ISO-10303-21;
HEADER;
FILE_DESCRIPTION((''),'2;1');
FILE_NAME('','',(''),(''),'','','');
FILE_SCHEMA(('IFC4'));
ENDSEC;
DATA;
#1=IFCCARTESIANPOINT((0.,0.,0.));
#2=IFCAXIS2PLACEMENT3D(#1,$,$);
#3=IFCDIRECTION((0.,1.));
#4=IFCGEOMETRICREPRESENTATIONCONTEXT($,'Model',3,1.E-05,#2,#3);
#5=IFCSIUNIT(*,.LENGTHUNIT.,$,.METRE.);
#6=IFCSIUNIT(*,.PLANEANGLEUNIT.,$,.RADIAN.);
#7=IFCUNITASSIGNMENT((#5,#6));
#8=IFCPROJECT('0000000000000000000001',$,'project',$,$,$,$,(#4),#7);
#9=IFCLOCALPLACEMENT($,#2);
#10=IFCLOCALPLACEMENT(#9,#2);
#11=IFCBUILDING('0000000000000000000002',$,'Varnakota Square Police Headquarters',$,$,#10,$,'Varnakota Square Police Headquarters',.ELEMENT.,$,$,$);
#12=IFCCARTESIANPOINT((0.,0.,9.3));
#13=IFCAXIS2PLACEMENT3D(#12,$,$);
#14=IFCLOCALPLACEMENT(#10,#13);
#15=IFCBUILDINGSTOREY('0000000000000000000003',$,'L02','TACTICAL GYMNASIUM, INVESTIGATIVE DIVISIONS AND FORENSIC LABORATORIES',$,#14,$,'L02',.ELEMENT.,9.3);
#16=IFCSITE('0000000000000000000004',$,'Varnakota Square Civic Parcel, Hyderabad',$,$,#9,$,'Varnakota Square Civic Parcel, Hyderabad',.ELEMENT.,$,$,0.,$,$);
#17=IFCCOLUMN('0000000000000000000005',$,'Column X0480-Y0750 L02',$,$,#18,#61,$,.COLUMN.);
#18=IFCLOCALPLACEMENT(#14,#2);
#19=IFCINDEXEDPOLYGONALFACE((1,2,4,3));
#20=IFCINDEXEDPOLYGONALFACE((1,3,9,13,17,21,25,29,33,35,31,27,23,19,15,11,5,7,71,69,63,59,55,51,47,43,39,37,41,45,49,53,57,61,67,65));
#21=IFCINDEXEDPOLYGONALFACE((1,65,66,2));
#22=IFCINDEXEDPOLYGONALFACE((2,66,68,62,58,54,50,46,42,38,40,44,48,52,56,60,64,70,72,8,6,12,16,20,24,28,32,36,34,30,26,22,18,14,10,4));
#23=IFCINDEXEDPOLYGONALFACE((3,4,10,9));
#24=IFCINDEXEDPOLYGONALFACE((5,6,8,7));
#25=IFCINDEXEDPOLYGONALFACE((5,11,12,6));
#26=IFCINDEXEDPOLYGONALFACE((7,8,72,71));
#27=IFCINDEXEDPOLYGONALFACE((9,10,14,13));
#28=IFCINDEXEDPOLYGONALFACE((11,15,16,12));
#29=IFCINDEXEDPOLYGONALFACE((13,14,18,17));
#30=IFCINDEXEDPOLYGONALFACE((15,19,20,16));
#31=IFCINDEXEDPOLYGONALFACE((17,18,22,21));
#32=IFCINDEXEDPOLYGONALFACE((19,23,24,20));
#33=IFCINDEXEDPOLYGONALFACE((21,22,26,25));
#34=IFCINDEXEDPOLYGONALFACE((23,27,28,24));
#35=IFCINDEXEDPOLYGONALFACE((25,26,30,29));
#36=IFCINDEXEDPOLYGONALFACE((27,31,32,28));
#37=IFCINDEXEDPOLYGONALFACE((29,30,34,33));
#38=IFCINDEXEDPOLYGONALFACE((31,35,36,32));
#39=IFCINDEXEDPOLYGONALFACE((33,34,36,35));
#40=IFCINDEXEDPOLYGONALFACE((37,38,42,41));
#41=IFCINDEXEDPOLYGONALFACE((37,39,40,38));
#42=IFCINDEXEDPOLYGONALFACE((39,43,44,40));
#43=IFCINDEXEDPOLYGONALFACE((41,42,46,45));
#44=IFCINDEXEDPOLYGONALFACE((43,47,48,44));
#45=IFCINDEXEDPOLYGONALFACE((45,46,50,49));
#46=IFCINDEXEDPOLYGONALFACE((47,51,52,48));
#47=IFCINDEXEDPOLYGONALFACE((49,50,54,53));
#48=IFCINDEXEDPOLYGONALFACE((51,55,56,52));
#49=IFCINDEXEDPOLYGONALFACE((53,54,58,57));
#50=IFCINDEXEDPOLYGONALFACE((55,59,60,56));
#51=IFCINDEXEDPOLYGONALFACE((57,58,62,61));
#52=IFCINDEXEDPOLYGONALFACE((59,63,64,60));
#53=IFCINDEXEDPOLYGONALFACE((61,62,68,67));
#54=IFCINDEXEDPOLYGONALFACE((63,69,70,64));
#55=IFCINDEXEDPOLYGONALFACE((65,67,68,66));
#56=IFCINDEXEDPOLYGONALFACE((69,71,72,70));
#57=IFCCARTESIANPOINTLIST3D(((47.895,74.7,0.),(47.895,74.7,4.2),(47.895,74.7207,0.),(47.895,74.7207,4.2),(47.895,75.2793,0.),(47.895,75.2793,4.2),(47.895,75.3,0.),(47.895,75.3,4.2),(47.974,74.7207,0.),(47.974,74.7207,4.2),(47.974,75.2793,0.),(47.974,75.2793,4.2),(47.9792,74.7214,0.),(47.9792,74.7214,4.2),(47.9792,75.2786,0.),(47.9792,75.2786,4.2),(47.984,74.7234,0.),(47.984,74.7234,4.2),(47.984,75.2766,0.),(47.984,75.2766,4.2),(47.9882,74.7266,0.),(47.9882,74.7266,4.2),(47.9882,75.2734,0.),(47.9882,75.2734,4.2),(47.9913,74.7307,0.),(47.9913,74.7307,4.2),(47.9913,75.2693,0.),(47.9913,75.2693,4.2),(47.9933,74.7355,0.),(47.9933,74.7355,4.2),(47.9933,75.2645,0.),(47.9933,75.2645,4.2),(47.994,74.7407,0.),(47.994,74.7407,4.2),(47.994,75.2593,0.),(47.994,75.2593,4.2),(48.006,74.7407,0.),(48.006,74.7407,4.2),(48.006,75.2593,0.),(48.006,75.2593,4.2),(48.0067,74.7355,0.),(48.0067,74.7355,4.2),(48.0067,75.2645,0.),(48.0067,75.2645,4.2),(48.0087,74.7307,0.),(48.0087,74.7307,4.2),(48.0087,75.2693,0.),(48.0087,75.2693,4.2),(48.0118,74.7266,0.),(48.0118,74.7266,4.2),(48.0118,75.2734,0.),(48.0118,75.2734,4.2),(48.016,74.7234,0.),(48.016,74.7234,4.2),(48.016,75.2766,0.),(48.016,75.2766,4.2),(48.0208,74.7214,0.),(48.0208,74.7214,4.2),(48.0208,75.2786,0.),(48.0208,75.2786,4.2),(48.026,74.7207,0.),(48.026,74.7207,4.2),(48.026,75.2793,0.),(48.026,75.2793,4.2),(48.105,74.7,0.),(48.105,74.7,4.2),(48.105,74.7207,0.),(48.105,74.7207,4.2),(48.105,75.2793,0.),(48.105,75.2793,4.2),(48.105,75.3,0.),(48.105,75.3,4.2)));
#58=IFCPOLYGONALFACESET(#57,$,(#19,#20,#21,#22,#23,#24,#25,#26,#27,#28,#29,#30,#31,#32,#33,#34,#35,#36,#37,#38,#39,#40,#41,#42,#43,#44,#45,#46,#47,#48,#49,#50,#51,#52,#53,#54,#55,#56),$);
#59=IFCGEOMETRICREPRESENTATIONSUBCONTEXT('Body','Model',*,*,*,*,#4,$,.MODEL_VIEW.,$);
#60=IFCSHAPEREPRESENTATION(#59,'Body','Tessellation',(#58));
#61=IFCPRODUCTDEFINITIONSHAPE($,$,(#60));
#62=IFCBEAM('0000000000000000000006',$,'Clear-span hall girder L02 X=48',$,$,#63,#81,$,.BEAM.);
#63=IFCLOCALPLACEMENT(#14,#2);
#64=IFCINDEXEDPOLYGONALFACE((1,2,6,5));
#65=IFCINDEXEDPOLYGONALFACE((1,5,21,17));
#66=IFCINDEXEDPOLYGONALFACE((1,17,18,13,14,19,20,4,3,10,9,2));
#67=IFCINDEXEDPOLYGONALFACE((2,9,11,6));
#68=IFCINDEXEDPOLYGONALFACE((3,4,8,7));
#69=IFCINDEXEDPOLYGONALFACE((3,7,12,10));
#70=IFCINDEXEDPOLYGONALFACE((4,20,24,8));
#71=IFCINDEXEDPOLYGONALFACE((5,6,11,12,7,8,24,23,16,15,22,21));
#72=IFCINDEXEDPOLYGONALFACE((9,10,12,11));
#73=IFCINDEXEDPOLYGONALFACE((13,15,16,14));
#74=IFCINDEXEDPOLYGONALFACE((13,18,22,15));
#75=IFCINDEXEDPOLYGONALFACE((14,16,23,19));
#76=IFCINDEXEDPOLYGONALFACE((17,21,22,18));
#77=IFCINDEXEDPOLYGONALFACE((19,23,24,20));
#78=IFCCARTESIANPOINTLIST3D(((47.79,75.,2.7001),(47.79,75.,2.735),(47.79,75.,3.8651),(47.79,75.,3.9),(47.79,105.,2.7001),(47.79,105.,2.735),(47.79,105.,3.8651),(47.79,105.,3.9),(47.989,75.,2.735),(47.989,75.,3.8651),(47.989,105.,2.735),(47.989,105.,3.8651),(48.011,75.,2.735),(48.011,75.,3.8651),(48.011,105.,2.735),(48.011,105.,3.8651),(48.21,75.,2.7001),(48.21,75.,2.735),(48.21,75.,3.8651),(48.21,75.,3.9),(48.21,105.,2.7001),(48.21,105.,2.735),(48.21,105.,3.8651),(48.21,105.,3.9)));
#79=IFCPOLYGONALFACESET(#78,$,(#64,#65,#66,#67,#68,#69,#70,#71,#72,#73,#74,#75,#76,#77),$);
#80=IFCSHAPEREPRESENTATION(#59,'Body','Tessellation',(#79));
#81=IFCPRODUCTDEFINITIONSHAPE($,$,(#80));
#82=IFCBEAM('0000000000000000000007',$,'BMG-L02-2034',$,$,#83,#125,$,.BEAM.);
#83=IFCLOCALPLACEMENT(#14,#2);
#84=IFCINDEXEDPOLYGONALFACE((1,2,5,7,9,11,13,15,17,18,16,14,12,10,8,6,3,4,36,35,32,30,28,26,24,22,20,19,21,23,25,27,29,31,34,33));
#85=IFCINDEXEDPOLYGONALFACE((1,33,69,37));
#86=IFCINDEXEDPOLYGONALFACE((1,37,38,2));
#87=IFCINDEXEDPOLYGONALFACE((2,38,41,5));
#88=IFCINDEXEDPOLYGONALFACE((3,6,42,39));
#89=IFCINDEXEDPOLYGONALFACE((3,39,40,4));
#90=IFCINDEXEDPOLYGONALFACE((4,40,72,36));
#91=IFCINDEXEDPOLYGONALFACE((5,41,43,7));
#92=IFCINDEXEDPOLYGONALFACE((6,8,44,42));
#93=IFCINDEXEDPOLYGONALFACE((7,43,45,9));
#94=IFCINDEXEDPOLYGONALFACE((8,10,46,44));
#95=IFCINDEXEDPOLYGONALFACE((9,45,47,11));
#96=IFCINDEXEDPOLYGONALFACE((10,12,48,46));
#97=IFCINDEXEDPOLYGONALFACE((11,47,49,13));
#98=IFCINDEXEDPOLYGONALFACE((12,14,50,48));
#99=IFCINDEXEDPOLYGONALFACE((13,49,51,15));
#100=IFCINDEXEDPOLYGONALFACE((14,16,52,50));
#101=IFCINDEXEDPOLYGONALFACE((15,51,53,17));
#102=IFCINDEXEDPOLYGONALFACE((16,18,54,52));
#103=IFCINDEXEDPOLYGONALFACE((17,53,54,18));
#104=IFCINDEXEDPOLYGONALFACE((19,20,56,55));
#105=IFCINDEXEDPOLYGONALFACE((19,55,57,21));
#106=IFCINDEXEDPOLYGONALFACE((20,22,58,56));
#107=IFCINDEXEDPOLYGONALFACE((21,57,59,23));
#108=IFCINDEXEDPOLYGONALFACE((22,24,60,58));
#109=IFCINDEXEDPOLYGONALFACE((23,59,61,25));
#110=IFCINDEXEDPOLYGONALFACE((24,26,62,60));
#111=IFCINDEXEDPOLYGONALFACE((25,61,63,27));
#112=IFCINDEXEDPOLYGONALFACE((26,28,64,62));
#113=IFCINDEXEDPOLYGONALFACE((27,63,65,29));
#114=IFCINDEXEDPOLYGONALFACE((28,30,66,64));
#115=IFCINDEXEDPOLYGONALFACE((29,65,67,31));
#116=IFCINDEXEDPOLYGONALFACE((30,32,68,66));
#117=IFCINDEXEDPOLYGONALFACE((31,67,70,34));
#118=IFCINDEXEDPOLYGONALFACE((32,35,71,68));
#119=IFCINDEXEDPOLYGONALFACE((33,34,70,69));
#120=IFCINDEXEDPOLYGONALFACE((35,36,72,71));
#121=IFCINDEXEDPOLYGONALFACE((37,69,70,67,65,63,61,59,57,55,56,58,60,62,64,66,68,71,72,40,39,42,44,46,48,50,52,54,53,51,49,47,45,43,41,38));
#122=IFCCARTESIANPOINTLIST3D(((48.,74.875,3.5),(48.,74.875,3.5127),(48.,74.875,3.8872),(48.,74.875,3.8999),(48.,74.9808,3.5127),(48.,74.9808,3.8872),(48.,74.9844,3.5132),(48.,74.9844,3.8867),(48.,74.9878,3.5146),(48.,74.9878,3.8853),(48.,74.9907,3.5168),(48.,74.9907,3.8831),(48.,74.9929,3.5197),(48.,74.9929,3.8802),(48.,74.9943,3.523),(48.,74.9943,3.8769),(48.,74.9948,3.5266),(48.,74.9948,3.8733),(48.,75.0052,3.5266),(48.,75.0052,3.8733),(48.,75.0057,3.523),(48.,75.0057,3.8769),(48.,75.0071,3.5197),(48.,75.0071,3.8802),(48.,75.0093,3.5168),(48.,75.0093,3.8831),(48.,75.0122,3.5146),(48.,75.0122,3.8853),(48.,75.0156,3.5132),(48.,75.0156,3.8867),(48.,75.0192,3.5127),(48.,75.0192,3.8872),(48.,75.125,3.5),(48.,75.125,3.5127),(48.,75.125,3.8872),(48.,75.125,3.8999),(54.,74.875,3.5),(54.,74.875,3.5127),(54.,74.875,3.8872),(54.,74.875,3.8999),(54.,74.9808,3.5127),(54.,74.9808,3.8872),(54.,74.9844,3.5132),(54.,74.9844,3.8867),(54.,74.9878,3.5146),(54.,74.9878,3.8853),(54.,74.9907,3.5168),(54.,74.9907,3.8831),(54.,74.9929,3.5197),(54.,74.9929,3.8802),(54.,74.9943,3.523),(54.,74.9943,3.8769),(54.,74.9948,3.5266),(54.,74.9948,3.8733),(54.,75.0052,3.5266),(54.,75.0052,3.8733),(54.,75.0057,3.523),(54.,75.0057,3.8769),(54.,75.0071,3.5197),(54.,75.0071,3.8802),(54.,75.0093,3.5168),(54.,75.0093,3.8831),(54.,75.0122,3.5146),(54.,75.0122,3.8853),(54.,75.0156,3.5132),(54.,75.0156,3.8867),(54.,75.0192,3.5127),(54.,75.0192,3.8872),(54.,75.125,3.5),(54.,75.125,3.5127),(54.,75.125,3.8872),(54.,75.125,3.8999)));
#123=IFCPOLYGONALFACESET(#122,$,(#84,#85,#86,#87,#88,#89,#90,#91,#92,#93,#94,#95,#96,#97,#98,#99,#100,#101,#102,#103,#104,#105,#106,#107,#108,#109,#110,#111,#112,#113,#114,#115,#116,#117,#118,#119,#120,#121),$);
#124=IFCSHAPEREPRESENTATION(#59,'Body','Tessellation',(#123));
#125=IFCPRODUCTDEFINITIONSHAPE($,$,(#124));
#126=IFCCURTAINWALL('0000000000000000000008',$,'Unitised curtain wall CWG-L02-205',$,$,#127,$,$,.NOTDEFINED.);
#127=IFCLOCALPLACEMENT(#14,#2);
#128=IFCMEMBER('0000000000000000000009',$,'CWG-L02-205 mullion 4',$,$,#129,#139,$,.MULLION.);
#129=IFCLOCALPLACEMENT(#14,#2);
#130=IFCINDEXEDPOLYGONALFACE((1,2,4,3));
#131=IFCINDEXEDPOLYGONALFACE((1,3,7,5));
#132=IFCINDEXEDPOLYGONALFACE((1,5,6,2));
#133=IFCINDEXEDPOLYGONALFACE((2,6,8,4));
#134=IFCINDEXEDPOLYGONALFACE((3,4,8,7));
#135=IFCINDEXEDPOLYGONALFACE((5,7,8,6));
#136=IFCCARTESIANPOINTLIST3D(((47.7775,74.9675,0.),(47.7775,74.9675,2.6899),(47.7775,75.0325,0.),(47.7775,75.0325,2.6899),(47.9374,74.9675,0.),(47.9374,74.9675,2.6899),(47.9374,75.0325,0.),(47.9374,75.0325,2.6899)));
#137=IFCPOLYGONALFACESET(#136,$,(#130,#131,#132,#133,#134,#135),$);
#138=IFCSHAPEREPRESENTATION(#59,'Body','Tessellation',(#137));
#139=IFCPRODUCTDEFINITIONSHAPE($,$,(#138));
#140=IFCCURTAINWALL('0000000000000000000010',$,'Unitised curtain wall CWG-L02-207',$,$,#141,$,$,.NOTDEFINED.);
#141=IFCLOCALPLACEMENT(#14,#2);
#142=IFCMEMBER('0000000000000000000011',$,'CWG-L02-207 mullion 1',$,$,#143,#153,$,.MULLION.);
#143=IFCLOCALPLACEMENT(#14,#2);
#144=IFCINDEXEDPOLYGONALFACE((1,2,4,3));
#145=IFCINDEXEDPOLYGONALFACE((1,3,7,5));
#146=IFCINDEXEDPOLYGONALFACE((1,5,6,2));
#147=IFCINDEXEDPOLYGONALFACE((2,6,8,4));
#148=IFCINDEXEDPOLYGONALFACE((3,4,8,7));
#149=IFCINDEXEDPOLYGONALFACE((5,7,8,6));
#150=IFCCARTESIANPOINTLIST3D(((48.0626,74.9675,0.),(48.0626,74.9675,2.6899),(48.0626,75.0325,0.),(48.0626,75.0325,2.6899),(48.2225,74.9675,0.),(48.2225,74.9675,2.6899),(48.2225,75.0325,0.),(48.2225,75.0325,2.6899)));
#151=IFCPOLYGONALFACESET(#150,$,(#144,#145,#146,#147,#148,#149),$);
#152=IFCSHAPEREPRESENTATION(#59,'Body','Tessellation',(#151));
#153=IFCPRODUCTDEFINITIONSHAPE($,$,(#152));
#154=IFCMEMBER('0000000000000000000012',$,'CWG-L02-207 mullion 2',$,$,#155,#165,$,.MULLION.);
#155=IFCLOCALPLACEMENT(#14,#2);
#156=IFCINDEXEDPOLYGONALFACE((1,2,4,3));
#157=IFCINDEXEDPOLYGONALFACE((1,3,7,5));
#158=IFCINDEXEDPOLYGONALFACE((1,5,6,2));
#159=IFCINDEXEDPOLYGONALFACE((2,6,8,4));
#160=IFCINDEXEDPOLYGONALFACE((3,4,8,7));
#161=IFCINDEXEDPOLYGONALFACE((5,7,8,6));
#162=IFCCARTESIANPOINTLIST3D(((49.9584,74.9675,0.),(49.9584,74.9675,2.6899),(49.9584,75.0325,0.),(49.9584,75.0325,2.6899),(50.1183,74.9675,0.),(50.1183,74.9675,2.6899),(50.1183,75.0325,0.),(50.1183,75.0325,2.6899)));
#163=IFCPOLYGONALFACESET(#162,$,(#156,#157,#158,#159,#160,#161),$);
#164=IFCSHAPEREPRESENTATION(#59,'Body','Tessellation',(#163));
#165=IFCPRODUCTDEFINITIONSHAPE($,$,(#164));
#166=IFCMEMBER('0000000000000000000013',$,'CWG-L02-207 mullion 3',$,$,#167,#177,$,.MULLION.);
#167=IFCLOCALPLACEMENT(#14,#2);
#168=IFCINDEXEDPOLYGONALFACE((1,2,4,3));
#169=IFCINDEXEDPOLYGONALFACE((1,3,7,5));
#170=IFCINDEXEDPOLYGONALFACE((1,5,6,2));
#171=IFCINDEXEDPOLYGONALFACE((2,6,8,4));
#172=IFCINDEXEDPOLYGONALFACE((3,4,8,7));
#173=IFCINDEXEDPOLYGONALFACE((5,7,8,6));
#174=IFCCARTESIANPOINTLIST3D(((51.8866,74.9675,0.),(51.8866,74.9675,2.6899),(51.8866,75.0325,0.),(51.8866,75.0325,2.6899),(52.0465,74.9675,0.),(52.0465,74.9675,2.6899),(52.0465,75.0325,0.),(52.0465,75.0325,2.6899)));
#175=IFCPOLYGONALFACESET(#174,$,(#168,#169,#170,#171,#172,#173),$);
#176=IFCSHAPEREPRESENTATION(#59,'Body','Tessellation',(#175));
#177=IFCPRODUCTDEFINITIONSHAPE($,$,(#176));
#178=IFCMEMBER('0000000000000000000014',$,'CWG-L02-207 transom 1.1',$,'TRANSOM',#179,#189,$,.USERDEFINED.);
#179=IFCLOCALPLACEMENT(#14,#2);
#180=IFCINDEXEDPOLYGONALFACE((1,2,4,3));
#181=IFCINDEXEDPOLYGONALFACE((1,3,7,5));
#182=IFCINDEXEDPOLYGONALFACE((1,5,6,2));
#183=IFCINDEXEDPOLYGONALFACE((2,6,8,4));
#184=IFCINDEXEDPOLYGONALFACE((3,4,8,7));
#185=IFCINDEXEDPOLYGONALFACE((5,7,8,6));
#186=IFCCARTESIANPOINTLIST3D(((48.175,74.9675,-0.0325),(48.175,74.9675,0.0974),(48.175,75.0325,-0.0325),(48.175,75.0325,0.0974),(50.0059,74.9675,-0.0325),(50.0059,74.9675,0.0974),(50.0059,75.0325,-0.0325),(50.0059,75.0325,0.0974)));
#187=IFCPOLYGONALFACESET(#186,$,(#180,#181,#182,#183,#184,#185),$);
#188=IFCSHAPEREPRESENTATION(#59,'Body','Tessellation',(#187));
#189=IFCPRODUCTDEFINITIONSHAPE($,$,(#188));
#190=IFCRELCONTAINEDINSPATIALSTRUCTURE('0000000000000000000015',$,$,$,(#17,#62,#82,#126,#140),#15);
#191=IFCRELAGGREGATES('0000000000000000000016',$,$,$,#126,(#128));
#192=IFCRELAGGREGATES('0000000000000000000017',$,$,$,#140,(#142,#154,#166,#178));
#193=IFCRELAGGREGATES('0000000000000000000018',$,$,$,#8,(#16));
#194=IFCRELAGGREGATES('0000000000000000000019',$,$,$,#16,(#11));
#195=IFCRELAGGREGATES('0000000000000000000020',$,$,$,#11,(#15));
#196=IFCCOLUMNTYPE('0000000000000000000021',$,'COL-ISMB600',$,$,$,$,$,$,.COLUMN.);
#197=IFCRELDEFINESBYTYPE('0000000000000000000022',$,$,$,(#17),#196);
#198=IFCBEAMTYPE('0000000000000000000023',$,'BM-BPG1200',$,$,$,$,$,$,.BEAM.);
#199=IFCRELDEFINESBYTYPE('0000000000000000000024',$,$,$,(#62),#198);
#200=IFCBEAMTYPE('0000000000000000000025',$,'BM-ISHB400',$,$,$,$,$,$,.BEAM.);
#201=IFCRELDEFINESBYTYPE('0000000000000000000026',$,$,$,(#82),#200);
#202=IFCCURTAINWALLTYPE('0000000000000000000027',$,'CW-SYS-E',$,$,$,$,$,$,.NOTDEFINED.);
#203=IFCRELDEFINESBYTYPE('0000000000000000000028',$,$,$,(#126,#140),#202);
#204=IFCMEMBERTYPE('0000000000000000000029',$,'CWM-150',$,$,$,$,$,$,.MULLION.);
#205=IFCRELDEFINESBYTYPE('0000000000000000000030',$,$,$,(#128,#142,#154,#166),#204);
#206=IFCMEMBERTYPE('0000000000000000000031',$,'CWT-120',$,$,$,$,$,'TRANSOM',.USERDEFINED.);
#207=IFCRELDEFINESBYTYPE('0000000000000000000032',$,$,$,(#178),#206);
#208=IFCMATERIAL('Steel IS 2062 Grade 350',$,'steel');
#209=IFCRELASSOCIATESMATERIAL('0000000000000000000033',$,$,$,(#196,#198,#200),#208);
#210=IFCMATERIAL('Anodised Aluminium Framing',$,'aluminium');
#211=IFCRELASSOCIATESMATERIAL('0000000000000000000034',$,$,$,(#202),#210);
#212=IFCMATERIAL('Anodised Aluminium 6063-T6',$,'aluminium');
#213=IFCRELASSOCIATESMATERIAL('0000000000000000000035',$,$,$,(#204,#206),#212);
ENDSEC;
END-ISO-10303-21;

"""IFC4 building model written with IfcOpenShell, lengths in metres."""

from ifc_helpers import new_model, si_unit, direction, frame, origin, origin_2d, place, context, subcontext, project, spatial, rectangle, i_section, extrude, material, material_profile, profile_set, type_object, element, aggregate, save


model = new_model("IFC4")

# Units and contexts
model_context = context("Model", 3, precision=1e-05, world=origin(), true_north=direction((0.0, 1.0)))
body_context = subcontext(model_context, "Body", "Model", "MODEL_VIEW")
ifc_project = project(units=[si_unit("LENGTHUNIT", "METRE"), si_unit("PLANEANGLEUNIT", "RADIAN")], contexts=[model_context])

# Site, building, storey
site_placement = place(None, origin())
site = spatial("IfcSite", under=ifc_project, at=site_placement, Name="Varnakota Square Civic Parcel, Hyderabad", LongName="Varnakota Square Civic Parcel, Hyderabad", CompositionType="ELEMENT", RefElevation=0.0)
building_placement = place(site_placement, origin())
building = spatial("IfcBuilding", under=site, at=building_placement, Name="Varnakota Square Police Headquarters", LongName="Varnakota Square Police Headquarters", CompositionType="ELEMENT")
storey_placement = place(building_placement, frame((0.0, 0.0, 9.3)))
storey = spatial("IfcBuildingStorey", under=building, at=storey_placement, Name="L02", Description="TACTICAL GYMNASIUM, INVESTIGATIVE DIVISIONS AND FORENSIC LABORATORIES", LongName="L02", CompositionType="ELEMENT", Elevation=9.3)

# Column
ifc_material_1 = material(Name="Steel IS 2062 Grade 350", Category="steel")
ifc_material_profile_1 = material_profile(ifc_material_1, i_section(OverallWidth=0.21, OverallDepth=0.6001, WebThickness=0.012, FlangeThickness=0.0208, FilletRadius=0.02, at=origin_2d()), Name="ISMB 600")
ifc_profile_set_1 = profile_set([ifc_material_profile_1], Name="Steel IS 2062 Grade 350")
column_type = type_object("IfcColumnType", Name="COL-ISMB600", PredefinedType="COLUMN", material=ifc_profile_set_1)
column_placement = place(storey_placement, frame((48.0, 75.0, 0.0), z_axis=(0.0, 0.0, 1.0), x_axis=(1.0, 0.0, 0.0)))
element("IfcColumn", 1, at=column_placement, inside=storey, type_object=column_type, Name="Column X0480-Y0750 L02", PredefinedType="COLUMN", context=body_context, shape_type="SweptSolid", body=[
    extrude(i_section(OverallWidth=0.21, OverallDepth=0.6001, WebThickness=0.012, FlangeThickness=0.0208, FilletRadius=0.02, at=origin_2d()), origin(), (0.0, 0.0, 1.0), 4.2),
])

# Beams
ifc_material_profile_2 = material_profile(ifc_material_1, i_section(OverallWidth=0.4199, OverallDepth=1.2, WebThickness=0.022, FlangeThickness=0.0349, at=origin_2d()), Name="BPG 1200x420")
ifc_profile_set_2 = profile_set([ifc_material_profile_2], Name="Steel IS 2062 Grade 350")
beam_type_1 = type_object("IfcBeamType", Name="BM-BPG1200", PredefinedType="BEAM", material=ifc_profile_set_2)
beam_1_placement = place(storey_placement, frame((48.0, 75.0, 3.3), z_axis=(0.0, 1.0, 0.0), x_axis=(-1.0, 0.0, 0.0)))
element("IfcBeam", 2, at=beam_1_placement, inside=storey, type_object=beam_type_1, Name="Clear-span hall girder L02 X=48", PredefinedType="BEAM", context=body_context, shape_type="SweptSolid", body=[
    extrude(i_section(OverallWidth=0.4199, OverallDepth=1.2, WebThickness=0.022, FlangeThickness=0.0349, at=origin_2d()), origin(), (0.0, 0.0, 1.0), 30.0),
])
ifc_material_profile_3 = material_profile(ifc_material_1, i_section(OverallWidth=0.25, OverallDepth=0.3999, WebThickness=0.0105, FlangeThickness=0.0127, FilletRadius=0.0139, at=origin_2d()), Name="ISHB 400")
ifc_profile_set_3 = profile_set([ifc_material_profile_3], Name="Steel IS 2062 Grade 350")
beam_type_2 = type_object("IfcBeamType", Name="BM-ISHB400", PredefinedType="BEAM", material=ifc_profile_set_3)
beam_2_placement = place(storey_placement, frame((48.0, 75.0, 3.7), z_axis=(1.0, 0.0, 0.0), x_axis=(0.0, 1.0, 0.0)))
element("IfcBeam", 3, at=beam_2_placement, inside=storey, type_object=beam_type_2, Name="BMG-L02-2034", PredefinedType="BEAM", context=body_context, shape_type="SweptSolid", body=[
    extrude(i_section(OverallWidth=0.25, OverallDepth=0.3999, WebThickness=0.0105, FlangeThickness=0.0127, FilletRadius=0.0139, at=origin_2d()), origin(), (0.0, 0.0, 1.0), 6.0),
])

# Curtain wall, member
ifc_material_2 = material(Name="Anodised Aluminium Framing", Category="aluminium")
curtain_wall_type = type_object("IfcCurtainWallType", Name="CW-SYS-E", PredefinedType="NOTDEFINED", material=ifc_material_2)
curtain_wall_1_placement = place(storey_placement, origin())
curtain_wall_1 = element("IfcCurtainWall", 4, at=curtain_wall_1_placement, inside=storey, type_object=curtain_wall_type, Name="Unitised curtain wall CWG-L02-205", PredefinedType="NOTDEFINED")
ifc_material_3 = material(Name="Anodised Aluminium 6063-T6", Category="aluminium")
ifc_material_profile_4 = material_profile(ifc_material_3, rectangle(XDim=0.0649, YDim=0.1599, at=origin_2d()), Name="ALU MULLION 65x160")
ifc_profile_set_4 = profile_set([ifc_material_profile_4], Name="Anodised Aluminium 6063-T6")
member_type_1 = type_object("IfcMemberType", Name="CWM-150", PredefinedType="MULLION", material=ifc_profile_set_4)
member_1_placement = place(storey_placement, frame((47.8574, 75.0, 0.0), z_axis=(0.0, 0.0, 1.0), x_axis=(0.0, 1.0, 0.0)))
member_1 = element("IfcMember", 5, at=member_1_placement, type_object=member_type_1, Name="CWG-L02-205 mullion 4", PredefinedType="MULLION", context=body_context, shape_type="SweptSolid", body=[
    extrude(rectangle(XDim=0.0649, YDim=0.1599, at=origin_2d()), origin(), (0.0, 0.0, 1.0), 2.6899),
])
aggregate(curtain_wall_1, [member_1])

# Curtain wall, members
curtain_wall_2_placement = place(storey_placement, origin())
curtain_wall_2 = element("IfcCurtainWall", 6, at=curtain_wall_2_placement, inside=storey, type_object=curtain_wall_type, Name="Unitised curtain wall CWG-L02-207", PredefinedType="NOTDEFINED")
member_2_placement = place(storey_placement, frame((48.1426, 75.0, 0.0), z_axis=(0.0, 0.0, 1.0), x_axis=(0.0, 1.0, 0.0)))
member_2 = element("IfcMember", 7, at=member_2_placement, type_object=member_type_1, Name="CWG-L02-207 mullion 1", PredefinedType="MULLION", context=body_context, shape_type="SweptSolid", body=[
    extrude(rectangle(XDim=0.0649, YDim=0.1599, at=origin_2d()), origin(), (0.0, 0.0, 1.0), 2.6899),
])
member_3_placement = place(storey_placement, frame((50.0383, 75.0, 0.0), z_axis=(0.0, 0.0, 1.0), x_axis=(0.0, 1.0, 0.0)))
member_3 = element("IfcMember", 8, at=member_3_placement, type_object=member_type_1, Name="CWG-L02-207 mullion 2", PredefinedType="MULLION", context=body_context, shape_type="SweptSolid", body=[
    extrude(rectangle(XDim=0.0649, YDim=0.1599, at=origin_2d()), origin(), (0.0, 0.0, 1.0), 2.6899),
])
member_4_placement = place(storey_placement, frame((51.9666, 75.0, 0.0), z_axis=(0.0, 0.0, 1.0), x_axis=(0.0, 1.0, 0.0)))
member_4 = element("IfcMember", 9, at=member_4_placement, type_object=member_type_1, Name="CWG-L02-207 mullion 3", PredefinedType="MULLION", context=body_context, shape_type="SweptSolid", body=[
    extrude(rectangle(XDim=0.0649, YDim=0.1599, at=origin_2d()), origin(), (0.0, 0.0, 1.0), 2.6899),
])
ifc_material_profile_5 = material_profile(ifc_material_3, rectangle(XDim=0.0649, YDim=0.1299, at=origin_2d()), Name="ALU TRANSOM 65x130")
ifc_profile_set_5 = profile_set([ifc_material_profile_5], Name="Anodised Aluminium 6063-T6")
member_type_2 = type_object("IfcMemberType", Name="CWT-120", ElementType="TRANSOM", PredefinedType="USERDEFINED", material=ifc_profile_set_5)
member_5_placement = place(storey_placement, frame((48.175, 75.0, 0.0325), z_axis=(1.0, 0.0, 0.0), x_axis=(0.0, 1.0, 0.0)))
member_5 = element("IfcMember", 10, at=member_5_placement, type_object=member_type_2, Name="CWG-L02-207 transom 1.1", ObjectType="TRANSOM", PredefinedType="USERDEFINED", context=body_context, shape_type="SweptSolid", body=[
    extrude(rectangle(XDim=0.0649, YDim=0.1299, at=origin_2d()), origin(), (0.0, 0.0, 1.0), 1.8308),
])
aggregate(curtain_wall_2, [member_2, member_3, member_4, member_5])

save(model, "model.ifc")
